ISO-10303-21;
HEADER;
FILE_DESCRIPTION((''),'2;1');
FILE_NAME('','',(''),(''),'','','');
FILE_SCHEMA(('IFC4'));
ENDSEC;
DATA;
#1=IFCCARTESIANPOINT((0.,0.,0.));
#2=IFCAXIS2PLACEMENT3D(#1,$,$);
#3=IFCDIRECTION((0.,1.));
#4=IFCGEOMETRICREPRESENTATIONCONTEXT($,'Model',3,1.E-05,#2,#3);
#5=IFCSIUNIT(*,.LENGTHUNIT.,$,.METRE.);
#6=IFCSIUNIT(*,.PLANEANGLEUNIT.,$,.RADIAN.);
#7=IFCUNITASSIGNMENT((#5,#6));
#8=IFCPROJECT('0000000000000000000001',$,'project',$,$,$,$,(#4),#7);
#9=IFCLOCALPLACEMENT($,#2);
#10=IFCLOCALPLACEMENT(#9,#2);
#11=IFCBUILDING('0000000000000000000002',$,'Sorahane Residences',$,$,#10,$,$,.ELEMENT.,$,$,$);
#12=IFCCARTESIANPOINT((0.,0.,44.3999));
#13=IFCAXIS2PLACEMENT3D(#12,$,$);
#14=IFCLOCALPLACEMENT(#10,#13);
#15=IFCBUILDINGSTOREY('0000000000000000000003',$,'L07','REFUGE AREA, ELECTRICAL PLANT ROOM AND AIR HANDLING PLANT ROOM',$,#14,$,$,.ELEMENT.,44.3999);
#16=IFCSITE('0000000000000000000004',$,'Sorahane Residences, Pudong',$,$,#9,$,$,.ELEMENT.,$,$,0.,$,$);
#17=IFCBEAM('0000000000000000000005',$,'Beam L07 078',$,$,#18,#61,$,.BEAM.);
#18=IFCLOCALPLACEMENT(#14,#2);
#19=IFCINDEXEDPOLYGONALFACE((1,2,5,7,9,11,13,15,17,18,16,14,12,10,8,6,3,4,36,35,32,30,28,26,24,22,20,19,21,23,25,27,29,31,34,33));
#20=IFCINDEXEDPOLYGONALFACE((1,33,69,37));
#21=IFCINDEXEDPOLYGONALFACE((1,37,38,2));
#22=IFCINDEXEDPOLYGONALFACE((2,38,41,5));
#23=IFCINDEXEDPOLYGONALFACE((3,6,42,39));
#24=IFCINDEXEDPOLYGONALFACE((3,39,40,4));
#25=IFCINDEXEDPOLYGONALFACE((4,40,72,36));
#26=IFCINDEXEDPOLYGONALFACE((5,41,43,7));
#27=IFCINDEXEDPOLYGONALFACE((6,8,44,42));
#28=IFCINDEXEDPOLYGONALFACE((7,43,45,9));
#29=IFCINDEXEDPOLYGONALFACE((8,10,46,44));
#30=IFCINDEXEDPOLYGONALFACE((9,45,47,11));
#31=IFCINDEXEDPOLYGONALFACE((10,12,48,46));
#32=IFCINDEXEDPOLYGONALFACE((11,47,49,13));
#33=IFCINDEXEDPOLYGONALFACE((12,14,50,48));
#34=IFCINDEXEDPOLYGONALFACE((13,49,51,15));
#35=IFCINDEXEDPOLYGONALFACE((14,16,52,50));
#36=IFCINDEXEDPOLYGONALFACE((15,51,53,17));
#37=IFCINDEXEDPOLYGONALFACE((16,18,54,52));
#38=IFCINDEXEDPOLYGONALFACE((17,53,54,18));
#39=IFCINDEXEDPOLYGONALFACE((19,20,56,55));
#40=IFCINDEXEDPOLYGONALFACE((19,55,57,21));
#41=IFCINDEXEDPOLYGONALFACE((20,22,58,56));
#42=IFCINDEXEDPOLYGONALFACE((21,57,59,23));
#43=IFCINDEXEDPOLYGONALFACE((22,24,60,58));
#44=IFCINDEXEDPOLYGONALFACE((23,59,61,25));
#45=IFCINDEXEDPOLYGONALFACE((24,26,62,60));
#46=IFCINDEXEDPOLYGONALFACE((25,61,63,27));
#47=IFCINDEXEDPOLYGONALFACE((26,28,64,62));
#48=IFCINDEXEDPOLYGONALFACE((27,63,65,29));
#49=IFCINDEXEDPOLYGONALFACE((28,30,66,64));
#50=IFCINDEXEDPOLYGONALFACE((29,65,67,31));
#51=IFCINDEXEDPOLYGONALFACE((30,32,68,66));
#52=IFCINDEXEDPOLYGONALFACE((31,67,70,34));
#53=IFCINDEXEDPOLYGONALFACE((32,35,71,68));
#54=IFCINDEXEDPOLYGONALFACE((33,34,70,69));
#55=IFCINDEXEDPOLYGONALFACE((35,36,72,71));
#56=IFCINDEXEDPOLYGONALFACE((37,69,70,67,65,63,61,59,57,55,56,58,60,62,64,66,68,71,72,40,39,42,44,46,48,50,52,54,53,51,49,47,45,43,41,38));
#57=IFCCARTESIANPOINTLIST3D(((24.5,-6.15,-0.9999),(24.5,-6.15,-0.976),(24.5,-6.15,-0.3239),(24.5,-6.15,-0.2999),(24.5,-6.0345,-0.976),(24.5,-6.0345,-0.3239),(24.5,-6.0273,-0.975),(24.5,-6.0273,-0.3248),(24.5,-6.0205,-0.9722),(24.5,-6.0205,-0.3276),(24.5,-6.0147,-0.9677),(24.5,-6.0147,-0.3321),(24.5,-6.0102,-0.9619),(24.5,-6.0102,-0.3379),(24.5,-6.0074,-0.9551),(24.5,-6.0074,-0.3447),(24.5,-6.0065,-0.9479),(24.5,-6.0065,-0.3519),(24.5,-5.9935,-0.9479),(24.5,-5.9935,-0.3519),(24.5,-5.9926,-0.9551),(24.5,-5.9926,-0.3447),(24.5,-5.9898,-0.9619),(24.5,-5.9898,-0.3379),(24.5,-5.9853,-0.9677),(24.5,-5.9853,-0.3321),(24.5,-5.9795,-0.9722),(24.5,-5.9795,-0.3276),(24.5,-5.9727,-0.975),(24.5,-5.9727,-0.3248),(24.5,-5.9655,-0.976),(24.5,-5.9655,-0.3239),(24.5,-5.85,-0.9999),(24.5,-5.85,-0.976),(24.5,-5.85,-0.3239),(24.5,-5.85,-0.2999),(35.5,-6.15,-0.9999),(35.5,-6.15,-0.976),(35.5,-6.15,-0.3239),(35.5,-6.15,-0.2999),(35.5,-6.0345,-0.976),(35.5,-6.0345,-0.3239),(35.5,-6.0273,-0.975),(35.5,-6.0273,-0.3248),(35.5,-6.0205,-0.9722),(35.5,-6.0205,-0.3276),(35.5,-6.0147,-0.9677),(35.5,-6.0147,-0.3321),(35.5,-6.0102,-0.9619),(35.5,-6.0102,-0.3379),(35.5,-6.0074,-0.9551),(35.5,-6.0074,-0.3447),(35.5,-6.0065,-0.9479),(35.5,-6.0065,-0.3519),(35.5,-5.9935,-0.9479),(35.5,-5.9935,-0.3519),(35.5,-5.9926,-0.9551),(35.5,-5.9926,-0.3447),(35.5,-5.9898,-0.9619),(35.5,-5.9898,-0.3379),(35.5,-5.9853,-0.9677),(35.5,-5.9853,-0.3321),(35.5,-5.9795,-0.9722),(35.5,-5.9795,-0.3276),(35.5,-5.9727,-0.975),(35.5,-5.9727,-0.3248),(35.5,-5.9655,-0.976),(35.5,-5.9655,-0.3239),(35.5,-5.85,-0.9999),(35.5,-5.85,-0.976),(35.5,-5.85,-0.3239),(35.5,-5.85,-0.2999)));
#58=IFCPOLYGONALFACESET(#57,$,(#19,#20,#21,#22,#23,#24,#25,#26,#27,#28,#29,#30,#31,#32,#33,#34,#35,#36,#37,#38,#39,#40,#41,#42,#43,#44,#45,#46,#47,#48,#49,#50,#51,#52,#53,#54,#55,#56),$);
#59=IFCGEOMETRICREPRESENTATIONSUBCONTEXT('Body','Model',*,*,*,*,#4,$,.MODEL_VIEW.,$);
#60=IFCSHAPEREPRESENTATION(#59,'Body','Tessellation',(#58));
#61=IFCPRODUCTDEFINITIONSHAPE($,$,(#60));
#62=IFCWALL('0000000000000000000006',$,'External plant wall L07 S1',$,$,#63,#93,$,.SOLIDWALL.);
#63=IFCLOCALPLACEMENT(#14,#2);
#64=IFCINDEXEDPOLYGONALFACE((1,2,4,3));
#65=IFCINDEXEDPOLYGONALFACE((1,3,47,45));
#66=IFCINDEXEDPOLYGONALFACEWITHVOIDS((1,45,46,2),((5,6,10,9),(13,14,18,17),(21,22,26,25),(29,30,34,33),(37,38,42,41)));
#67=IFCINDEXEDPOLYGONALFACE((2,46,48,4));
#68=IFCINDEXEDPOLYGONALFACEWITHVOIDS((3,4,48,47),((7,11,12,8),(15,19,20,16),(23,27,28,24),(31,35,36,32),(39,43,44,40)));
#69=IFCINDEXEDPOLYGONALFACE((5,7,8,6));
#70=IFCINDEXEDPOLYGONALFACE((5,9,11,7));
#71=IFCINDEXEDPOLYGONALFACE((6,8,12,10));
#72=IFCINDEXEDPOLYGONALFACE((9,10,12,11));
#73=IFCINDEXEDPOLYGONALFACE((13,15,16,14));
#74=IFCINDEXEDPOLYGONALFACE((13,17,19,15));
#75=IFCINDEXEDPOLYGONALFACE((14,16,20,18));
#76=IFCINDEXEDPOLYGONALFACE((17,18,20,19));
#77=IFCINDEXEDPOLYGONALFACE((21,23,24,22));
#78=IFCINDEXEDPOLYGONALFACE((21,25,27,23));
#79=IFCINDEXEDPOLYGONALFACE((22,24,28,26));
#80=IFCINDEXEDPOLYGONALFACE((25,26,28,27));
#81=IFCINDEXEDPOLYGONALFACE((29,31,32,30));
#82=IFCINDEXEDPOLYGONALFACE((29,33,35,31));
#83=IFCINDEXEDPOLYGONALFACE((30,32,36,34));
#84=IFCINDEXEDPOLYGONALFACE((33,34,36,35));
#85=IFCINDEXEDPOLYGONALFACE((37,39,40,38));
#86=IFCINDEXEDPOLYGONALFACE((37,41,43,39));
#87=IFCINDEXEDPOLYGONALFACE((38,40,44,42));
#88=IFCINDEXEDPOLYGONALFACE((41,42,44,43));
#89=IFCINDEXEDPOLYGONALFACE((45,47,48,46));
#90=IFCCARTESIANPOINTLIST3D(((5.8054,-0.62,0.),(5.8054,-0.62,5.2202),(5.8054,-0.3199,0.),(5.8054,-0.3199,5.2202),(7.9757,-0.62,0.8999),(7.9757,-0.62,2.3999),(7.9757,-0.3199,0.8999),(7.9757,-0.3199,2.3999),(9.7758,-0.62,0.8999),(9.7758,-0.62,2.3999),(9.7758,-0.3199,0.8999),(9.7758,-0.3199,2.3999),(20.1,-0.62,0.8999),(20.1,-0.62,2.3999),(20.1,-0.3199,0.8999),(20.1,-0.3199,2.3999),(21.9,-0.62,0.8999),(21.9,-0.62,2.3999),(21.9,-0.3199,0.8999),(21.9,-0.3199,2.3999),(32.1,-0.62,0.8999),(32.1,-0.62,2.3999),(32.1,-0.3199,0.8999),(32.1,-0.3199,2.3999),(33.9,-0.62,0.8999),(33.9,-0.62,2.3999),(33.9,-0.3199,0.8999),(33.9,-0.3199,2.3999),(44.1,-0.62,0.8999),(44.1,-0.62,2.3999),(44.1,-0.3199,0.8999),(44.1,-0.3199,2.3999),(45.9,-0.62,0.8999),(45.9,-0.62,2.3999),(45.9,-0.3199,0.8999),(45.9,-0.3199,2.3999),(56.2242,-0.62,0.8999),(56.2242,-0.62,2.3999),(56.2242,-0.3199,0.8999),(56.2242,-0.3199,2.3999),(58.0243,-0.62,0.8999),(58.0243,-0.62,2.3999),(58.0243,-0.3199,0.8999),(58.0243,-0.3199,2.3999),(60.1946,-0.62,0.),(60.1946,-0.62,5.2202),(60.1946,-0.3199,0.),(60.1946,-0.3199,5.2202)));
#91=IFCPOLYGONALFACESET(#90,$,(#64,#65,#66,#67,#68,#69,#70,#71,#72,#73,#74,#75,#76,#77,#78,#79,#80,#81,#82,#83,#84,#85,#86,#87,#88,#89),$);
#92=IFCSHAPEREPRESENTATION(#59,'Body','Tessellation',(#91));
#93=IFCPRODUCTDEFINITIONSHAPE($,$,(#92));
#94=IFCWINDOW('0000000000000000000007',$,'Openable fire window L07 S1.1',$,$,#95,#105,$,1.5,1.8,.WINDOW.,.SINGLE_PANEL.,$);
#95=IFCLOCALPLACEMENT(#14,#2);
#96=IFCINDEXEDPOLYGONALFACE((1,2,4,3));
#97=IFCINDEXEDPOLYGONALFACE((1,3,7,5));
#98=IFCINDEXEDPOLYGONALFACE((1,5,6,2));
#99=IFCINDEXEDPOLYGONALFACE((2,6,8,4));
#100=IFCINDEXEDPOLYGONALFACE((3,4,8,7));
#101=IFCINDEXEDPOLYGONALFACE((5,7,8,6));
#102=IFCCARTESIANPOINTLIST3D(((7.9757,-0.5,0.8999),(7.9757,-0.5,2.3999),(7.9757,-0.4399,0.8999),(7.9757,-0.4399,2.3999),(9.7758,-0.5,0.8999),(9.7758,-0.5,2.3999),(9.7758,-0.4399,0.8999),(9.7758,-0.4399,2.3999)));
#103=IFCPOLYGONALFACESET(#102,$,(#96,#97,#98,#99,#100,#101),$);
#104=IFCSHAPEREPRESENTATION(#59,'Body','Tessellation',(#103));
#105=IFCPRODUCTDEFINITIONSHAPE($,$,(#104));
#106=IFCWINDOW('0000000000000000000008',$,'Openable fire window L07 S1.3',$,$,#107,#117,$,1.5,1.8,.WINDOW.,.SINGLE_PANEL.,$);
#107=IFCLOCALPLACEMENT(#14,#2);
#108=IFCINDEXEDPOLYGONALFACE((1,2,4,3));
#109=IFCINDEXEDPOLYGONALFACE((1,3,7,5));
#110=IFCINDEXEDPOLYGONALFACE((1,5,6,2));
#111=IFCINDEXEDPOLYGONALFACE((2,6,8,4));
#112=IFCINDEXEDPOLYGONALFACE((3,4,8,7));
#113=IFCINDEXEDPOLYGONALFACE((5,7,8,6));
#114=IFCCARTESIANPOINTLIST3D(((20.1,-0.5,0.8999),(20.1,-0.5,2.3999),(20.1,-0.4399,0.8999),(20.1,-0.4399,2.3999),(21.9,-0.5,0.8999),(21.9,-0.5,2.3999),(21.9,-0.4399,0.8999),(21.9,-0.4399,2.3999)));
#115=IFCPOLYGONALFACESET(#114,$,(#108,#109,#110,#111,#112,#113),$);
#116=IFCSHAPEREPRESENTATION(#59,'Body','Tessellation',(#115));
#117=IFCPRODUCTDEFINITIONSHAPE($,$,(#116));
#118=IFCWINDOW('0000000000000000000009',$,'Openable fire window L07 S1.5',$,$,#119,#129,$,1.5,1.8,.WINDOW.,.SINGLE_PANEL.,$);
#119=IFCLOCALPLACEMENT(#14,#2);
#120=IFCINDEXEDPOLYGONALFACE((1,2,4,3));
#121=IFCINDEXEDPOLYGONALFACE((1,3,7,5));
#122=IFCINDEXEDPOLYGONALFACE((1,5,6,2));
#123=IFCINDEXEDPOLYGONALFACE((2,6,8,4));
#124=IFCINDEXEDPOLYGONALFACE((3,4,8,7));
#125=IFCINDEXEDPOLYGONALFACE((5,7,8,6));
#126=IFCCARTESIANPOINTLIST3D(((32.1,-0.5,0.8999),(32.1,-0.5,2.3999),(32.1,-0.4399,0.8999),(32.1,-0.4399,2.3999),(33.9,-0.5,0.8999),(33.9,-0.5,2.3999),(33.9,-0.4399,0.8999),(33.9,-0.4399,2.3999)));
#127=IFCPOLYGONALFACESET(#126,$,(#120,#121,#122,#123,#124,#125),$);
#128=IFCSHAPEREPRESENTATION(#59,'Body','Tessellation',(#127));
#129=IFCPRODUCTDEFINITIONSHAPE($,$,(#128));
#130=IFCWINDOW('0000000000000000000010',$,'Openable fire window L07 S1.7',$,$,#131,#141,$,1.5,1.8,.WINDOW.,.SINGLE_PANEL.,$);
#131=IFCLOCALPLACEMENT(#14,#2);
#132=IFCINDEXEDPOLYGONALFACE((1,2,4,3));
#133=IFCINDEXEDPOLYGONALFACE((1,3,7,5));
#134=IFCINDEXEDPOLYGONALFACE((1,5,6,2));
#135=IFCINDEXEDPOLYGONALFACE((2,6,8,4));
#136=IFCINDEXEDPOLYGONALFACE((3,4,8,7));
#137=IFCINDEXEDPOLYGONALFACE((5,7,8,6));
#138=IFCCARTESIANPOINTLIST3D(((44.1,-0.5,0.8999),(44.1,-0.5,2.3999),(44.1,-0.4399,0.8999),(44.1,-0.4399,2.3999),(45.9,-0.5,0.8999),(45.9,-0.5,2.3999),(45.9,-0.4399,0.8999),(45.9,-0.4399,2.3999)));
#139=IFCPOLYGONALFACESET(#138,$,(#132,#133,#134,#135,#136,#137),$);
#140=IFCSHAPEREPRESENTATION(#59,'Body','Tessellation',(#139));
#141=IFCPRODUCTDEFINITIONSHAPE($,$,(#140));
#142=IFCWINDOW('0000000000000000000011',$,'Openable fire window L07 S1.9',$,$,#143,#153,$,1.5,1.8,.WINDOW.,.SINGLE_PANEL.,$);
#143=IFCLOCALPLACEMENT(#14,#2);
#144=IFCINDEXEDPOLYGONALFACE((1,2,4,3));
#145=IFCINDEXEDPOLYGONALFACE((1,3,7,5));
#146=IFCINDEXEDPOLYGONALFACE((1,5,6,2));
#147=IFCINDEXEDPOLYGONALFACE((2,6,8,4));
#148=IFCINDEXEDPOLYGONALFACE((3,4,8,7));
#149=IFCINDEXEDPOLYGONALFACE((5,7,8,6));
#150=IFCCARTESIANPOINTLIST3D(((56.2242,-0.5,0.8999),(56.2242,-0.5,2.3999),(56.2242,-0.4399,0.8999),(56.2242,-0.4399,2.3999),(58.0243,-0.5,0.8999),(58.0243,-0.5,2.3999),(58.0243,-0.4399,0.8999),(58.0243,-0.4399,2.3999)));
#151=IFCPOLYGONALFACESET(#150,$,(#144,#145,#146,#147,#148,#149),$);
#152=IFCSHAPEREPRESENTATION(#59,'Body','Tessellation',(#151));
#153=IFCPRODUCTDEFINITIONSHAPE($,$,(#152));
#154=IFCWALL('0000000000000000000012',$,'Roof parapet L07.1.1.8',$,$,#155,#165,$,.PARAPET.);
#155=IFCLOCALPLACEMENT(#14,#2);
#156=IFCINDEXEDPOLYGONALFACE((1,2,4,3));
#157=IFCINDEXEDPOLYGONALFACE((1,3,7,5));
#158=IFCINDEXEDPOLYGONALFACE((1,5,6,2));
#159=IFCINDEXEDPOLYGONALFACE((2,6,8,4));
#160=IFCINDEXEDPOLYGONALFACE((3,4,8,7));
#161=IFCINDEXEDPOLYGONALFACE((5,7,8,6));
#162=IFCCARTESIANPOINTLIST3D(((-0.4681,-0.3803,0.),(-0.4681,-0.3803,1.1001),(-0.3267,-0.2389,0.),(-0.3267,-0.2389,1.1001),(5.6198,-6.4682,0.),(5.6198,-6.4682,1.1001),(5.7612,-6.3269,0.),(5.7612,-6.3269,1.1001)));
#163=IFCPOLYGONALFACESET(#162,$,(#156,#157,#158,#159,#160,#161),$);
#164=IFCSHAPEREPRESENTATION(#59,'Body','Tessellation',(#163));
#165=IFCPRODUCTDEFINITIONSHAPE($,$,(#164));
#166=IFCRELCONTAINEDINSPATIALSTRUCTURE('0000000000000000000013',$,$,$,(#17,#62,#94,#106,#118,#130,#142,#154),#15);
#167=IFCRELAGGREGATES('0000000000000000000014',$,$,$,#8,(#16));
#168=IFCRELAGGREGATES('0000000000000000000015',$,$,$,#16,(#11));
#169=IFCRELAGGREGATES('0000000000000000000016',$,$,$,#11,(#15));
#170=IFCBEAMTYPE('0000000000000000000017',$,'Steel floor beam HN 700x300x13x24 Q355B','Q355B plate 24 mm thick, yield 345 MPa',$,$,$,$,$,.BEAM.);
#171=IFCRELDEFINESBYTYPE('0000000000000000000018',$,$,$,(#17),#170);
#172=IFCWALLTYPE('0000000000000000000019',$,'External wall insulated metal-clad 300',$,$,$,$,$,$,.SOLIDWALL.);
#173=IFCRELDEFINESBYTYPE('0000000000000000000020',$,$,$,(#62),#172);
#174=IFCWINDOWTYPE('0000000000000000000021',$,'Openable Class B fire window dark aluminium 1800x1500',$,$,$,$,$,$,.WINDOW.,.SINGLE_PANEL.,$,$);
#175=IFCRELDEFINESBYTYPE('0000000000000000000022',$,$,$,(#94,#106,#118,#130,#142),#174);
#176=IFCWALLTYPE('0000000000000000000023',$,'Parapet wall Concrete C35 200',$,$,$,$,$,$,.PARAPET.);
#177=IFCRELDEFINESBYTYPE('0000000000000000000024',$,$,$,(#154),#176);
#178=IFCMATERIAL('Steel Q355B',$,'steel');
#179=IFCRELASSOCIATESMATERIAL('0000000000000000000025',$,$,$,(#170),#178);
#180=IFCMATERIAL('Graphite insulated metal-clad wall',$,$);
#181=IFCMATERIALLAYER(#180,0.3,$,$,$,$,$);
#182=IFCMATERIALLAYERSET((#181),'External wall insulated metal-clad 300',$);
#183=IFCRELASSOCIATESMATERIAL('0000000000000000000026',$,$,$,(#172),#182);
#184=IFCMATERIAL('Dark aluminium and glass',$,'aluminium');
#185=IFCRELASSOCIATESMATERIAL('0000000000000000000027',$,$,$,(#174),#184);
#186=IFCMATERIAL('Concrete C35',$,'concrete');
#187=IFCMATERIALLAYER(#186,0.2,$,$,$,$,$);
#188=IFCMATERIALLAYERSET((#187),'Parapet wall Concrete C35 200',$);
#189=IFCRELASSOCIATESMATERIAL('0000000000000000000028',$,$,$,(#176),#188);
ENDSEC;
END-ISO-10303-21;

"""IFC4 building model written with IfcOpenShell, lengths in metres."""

from ifc_helpers import new_model, si_unit, direction, frame, frame_2d, origin, origin_2d, place, context, subcontext, project, spatial, rectangle, i_section, extrude, material, layer, layer_set, material_profile, profile_set, type_object, element, fill, save


model = new_model("IFC4")

# Units and contexts
model_context = context("Model", 3, precision=1e-05, world=origin(), true_north=direction((0.0, 1.0)))
body_context = subcontext(model_context, "Body", "Model", "MODEL_VIEW")
ifc_project = project(units=[si_unit("LENGTHUNIT", "METRE"), si_unit("PLANEANGLEUNIT", "RADIAN")], contexts=[model_context])

# Site, building, storey
site_placement = place(None, origin())
site = spatial("IfcSite", under=ifc_project, at=site_placement, Name="Sorahane Residences, Pudong", CompositionType="ELEMENT", RefElevation=0.0)
building_placement = place(site_placement, origin())
building = spatial("IfcBuilding", under=site, at=building_placement, Name="Sorahane Residences", CompositionType="ELEMENT")
storey_placement = place(building_placement, frame((0.0, 0.0, 44.3999)))
storey = spatial("IfcBuildingStorey", under=building, at=storey_placement, Name="L07", Description="REFUGE AREA, ELECTRICAL PLANT ROOM AND AIR HANDLING PLANT ROOM", CompositionType="ELEMENT", Elevation=44.3999)

# Beam
ifc_material_1 = material(Name="Steel Q355B", Category="steel")
ifc_material_profile_1 = material_profile(ifc_material_1, i_section(OverallWidth=0.3, OverallDepth=0.7, WebThickness=0.0129, FlangeThickness=0.0239, FilletRadius=0.0281, at=origin_2d()), Name="HN 700x300x13x24")
ifc_profile_set_1 = profile_set([ifc_material_profile_1], Name="Steel Q355B")
beam_type_1 = type_object("IfcBeamType", Name="Steel floor beam HN 700x300x13x24 Q355B", Description="Q355B plate 24 mm thick, yield 345 MPa", PredefinedType="BEAM", material=ifc_profile_set_1)
for number, where, z_axis, x_axis, name in (
    (1, (24.5, -6.0, -0.6499), (1.0, 0.0, 0.0), (0.0, 1.0, 0.0), "Beam L07 078"),
):
    element("IfcBeam", number, at=place(storey_placement, frame(where, z_axis=z_axis, x_axis=x_axis)), inside=storey, type_object=beam_type_1, Name=name, PredefinedType="BEAM", context=body_context, shape_type="SweptSolid", body=[
        extrude(i_section(OverallWidth=0.3, OverallDepth=0.7, WebThickness=0.0129, FlangeThickness=0.0239, FilletRadius=0.0281, at=origin_2d()), origin(), (0.0, 0.0, 1.0), 11.0),
    ])

# Wall, openings, windows
ifc_material_2 = material(Name="Graphite insulated metal-clad wall")
ifc_layer_1 = layer(ifc_material_2, 0.3)
ifc_layer_set_1 = layer_set([ifc_layer_1], Name="External wall insulated metal-clad 300")
wall_type_1 = type_object("IfcWallType", Name="External wall insulated metal-clad 300", PredefinedType="SOLIDWALL", material=ifc_layer_set_1)
wall_1_placement = place(storey_placement, frame((5.8054, -0.47, 0.0), z_axis=(0.0, 0.0, 1.0), x_axis=(1.0, 0.0, 0.0)))
wall_1 = element("IfcWall", 2, at=wall_1_placement, inside=storey, type_object=wall_type_1, Name="External plant wall L07 S1", PredefinedType="SOLIDWALL", context=body_context, shape_type="SweptSolid", body=[
    extrude(rectangle(XDim=54.3892, YDim=0.3, at=frame_2d((27.1946, 0.0))), origin(), (0.0, 0.0, 1.0), 5.2202),
])
opening_1_placement = place(wall_1_placement, frame((2.1704, 0.0, 0.8999)))
opening_1 = element("IfcOpeningElement", 3, at=opening_1_placement, cuts=wall_1, PredefinedType="OPENING", context=body_context, shape_type="SweptSolid", body=[
    extrude(rectangle(XDim=1.8, YDim=1.5, at=frame_2d((0.8999, 0.75))), frame((0.0, 0.1599, 0.0), z_axis=(0.0, -1.0, 0.0), x_axis=(1.0, 0.0, 0.0)), (0.0, 0.0, 1.0), 0.3201),
])
opening_2_placement = place(wall_1_placement, frame((14.2947, 0.0, 0.8999)))
opening_2 = element("IfcOpeningElement", 4, at=opening_2_placement, cuts=wall_1, PredefinedType="OPENING", context=body_context, shape_type="SweptSolid", body=[
    extrude(rectangle(XDim=1.8, YDim=1.5, at=frame_2d((0.8999, 0.75))), frame((0.0, 0.1599, 0.0), z_axis=(0.0, -1.0, 0.0), x_axis=(1.0, 0.0, 0.0)), (0.0, 0.0, 1.0), 0.3201),
])
opening_3_placement = place(wall_1_placement, frame((26.2947, 0.0, 0.8999)))
opening_3 = element("IfcOpeningElement", 5, at=opening_3_placement, cuts=wall_1, PredefinedType="OPENING", context=body_context, shape_type="SweptSolid", body=[
    extrude(rectangle(XDim=1.8, YDim=1.5, at=frame_2d((0.8999, 0.75))), frame((0.0, 0.1599, 0.0), z_axis=(0.0, -1.0, 0.0), x_axis=(1.0, 0.0, 0.0)), (0.0, 0.0, 1.0), 0.3201),
])
opening_4_placement = place(wall_1_placement, frame((38.2947, 0.0, 0.8999)))
opening_4 = element("IfcOpeningElement", 6, at=opening_4_placement, cuts=wall_1, PredefinedType="OPENING", context=body_context, shape_type="SweptSolid", body=[
    extrude(rectangle(XDim=1.8, YDim=1.5, at=frame_2d((0.8999, 0.75))), frame((0.0, 0.1599, 0.0), z_axis=(0.0, -1.0, 0.0), x_axis=(1.0, 0.0, 0.0)), (0.0, 0.0, 1.0), 0.3201),
])
opening_5_placement = place(wall_1_placement, frame((50.4189, 0.0, 0.8999)))
opening_5 = element("IfcOpeningElement", 7, at=opening_5_placement, cuts=wall_1, PredefinedType="OPENING", context=body_context, shape_type="SweptSolid", body=[
    extrude(rectangle(XDim=1.8, YDim=1.5, at=frame_2d((0.8999, 0.75))), frame((0.0, 0.1599, 0.0), z_axis=(0.0, -1.0, 0.0), x_axis=(1.0, 0.0, 0.0)), (0.0, 0.0, 1.0), 0.3201),
])
ifc_material_3 = material(Name="Dark aluminium and glass", Category="aluminium")
window_type = type_object("IfcWindowType", Name="Openable Class B fire window dark aluminium 1800x1500", PartitioningType="SINGLE_PANEL", PredefinedType="WINDOW", material=ifc_material_3)
window_1_placement = place(opening_1_placement, origin())
window_1 = element("IfcWindow", 8, at=window_1_placement, inside=storey, type_object=window_type, Name="Openable fire window L07 S1.1", OverallHeight=1.5, OverallWidth=1.8, PartitioningType="SINGLE_PANEL", PredefinedType="WINDOW", context=body_context, shape_type="SweptSolid", body=[
    extrude(rectangle(XDim=1.8, YDim=1.5, at=frame_2d((0.8999, 0.75))), frame((0.0, 0.03, 0.0), z_axis=(0.0, -1.0, 0.0), x_axis=(1.0, 0.0, 0.0)), (0.0, 0.0, 1.0), 0.0601),
])
fill(opening_1, window_1)
window_2_placement = place(opening_2_placement, origin())
window_2 = element("IfcWindow", 9, at=window_2_placement, inside=storey, type_object=window_type, Name="Openable fire window L07 S1.3", OverallHeight=1.5, OverallWidth=1.8, PartitioningType="SINGLE_PANEL", PredefinedType="WINDOW", context=body_context, shape_type="SweptSolid", body=[
    extrude(rectangle(XDim=1.8, YDim=1.5, at=frame_2d((0.8999, 0.75))), frame((0.0, 0.03, 0.0), z_axis=(0.0, -1.0, 0.0), x_axis=(1.0, 0.0, 0.0)), (0.0, 0.0, 1.0), 0.0601),
])
fill(opening_2, window_2)
window_3_placement = place(opening_3_placement, origin())
window_3 = element("IfcWindow", 10, at=window_3_placement, inside=storey, type_object=window_type, Name="Openable fire window L07 S1.5", OverallHeight=1.5, OverallWidth=1.8, PartitioningType="SINGLE_PANEL", PredefinedType="WINDOW", context=body_context, shape_type="SweptSolid", body=[
    extrude(rectangle(XDim=1.8, YDim=1.5, at=frame_2d((0.8999, 0.75))), frame((0.0, 0.03, 0.0), z_axis=(0.0, -1.0, 0.0), x_axis=(1.0, 0.0, 0.0)), (0.0, 0.0, 1.0), 0.0601),
])
fill(opening_3, window_3)
window_4_placement = place(opening_4_placement, origin())
window_4 = element("IfcWindow", 11, at=window_4_placement, inside=storey, type_object=window_type, Name="Openable fire window L07 S1.7", OverallHeight=1.5, OverallWidth=1.8, PartitioningType="SINGLE_PANEL", PredefinedType="WINDOW", context=body_context, shape_type="SweptSolid", body=[
    extrude(rectangle(XDim=1.8, YDim=1.5, at=frame_2d((0.8999, 0.75))), frame((0.0, 0.03, 0.0), z_axis=(0.0, -1.0, 0.0), x_axis=(1.0, 0.0, 0.0)), (0.0, 0.0, 1.0), 0.0601),
])
fill(opening_4, window_4)
window_5_placement = place(opening_5_placement, origin())
window_5 = element("IfcWindow", 12, at=window_5_placement, inside=storey, type_object=window_type, Name="Openable fire window L07 S1.9", OverallHeight=1.5, OverallWidth=1.8, PartitioningType="SINGLE_PANEL", PredefinedType="WINDOW", context=body_context, shape_type="SweptSolid", body=[
    extrude(rectangle(XDim=1.8, YDim=1.5, at=frame_2d((0.8999, 0.75))), frame((0.0, 0.03, 0.0), z_axis=(0.0, -1.0, 0.0), x_axis=(1.0, 0.0, 0.0)), (0.0, 0.0, 1.0), 0.0601),
])
fill(opening_5, window_5)

# Wall
ifc_material_4 = material(Name="Concrete C35", Category="concrete")
ifc_layer_2 = layer(ifc_material_4, 0.2)
ifc_layer_set_2 = layer_set([ifc_layer_2], Name="Parapet wall Concrete C35 200")
wall_type_2 = type_object("IfcWallType", Name="Parapet wall Concrete C35 200", PredefinedType="PARAPET", material=ifc_layer_set_2)
wall_2_placement = place(storey_placement, frame((5.6904, -6.3975, 0.0), z_axis=(0.0, 0.0, 1.0), x_axis=(-0.707107, 0.707107, 0.0)))
element("IfcWall", 13, at=wall_2_placement, inside=storey, type_object=wall_type_2, Name="Roof parapet L07.1.1.8", PredefinedType="PARAPET", context=body_context, shape_type="SweptSolid", body=[
    extrude(rectangle(XDim=8.6096, YDim=0.2, at=frame_2d((4.3047, 0.0))), origin(), (0.0, 0.0, 1.0), 1.1001),
])

save(model, "model.ifc")
